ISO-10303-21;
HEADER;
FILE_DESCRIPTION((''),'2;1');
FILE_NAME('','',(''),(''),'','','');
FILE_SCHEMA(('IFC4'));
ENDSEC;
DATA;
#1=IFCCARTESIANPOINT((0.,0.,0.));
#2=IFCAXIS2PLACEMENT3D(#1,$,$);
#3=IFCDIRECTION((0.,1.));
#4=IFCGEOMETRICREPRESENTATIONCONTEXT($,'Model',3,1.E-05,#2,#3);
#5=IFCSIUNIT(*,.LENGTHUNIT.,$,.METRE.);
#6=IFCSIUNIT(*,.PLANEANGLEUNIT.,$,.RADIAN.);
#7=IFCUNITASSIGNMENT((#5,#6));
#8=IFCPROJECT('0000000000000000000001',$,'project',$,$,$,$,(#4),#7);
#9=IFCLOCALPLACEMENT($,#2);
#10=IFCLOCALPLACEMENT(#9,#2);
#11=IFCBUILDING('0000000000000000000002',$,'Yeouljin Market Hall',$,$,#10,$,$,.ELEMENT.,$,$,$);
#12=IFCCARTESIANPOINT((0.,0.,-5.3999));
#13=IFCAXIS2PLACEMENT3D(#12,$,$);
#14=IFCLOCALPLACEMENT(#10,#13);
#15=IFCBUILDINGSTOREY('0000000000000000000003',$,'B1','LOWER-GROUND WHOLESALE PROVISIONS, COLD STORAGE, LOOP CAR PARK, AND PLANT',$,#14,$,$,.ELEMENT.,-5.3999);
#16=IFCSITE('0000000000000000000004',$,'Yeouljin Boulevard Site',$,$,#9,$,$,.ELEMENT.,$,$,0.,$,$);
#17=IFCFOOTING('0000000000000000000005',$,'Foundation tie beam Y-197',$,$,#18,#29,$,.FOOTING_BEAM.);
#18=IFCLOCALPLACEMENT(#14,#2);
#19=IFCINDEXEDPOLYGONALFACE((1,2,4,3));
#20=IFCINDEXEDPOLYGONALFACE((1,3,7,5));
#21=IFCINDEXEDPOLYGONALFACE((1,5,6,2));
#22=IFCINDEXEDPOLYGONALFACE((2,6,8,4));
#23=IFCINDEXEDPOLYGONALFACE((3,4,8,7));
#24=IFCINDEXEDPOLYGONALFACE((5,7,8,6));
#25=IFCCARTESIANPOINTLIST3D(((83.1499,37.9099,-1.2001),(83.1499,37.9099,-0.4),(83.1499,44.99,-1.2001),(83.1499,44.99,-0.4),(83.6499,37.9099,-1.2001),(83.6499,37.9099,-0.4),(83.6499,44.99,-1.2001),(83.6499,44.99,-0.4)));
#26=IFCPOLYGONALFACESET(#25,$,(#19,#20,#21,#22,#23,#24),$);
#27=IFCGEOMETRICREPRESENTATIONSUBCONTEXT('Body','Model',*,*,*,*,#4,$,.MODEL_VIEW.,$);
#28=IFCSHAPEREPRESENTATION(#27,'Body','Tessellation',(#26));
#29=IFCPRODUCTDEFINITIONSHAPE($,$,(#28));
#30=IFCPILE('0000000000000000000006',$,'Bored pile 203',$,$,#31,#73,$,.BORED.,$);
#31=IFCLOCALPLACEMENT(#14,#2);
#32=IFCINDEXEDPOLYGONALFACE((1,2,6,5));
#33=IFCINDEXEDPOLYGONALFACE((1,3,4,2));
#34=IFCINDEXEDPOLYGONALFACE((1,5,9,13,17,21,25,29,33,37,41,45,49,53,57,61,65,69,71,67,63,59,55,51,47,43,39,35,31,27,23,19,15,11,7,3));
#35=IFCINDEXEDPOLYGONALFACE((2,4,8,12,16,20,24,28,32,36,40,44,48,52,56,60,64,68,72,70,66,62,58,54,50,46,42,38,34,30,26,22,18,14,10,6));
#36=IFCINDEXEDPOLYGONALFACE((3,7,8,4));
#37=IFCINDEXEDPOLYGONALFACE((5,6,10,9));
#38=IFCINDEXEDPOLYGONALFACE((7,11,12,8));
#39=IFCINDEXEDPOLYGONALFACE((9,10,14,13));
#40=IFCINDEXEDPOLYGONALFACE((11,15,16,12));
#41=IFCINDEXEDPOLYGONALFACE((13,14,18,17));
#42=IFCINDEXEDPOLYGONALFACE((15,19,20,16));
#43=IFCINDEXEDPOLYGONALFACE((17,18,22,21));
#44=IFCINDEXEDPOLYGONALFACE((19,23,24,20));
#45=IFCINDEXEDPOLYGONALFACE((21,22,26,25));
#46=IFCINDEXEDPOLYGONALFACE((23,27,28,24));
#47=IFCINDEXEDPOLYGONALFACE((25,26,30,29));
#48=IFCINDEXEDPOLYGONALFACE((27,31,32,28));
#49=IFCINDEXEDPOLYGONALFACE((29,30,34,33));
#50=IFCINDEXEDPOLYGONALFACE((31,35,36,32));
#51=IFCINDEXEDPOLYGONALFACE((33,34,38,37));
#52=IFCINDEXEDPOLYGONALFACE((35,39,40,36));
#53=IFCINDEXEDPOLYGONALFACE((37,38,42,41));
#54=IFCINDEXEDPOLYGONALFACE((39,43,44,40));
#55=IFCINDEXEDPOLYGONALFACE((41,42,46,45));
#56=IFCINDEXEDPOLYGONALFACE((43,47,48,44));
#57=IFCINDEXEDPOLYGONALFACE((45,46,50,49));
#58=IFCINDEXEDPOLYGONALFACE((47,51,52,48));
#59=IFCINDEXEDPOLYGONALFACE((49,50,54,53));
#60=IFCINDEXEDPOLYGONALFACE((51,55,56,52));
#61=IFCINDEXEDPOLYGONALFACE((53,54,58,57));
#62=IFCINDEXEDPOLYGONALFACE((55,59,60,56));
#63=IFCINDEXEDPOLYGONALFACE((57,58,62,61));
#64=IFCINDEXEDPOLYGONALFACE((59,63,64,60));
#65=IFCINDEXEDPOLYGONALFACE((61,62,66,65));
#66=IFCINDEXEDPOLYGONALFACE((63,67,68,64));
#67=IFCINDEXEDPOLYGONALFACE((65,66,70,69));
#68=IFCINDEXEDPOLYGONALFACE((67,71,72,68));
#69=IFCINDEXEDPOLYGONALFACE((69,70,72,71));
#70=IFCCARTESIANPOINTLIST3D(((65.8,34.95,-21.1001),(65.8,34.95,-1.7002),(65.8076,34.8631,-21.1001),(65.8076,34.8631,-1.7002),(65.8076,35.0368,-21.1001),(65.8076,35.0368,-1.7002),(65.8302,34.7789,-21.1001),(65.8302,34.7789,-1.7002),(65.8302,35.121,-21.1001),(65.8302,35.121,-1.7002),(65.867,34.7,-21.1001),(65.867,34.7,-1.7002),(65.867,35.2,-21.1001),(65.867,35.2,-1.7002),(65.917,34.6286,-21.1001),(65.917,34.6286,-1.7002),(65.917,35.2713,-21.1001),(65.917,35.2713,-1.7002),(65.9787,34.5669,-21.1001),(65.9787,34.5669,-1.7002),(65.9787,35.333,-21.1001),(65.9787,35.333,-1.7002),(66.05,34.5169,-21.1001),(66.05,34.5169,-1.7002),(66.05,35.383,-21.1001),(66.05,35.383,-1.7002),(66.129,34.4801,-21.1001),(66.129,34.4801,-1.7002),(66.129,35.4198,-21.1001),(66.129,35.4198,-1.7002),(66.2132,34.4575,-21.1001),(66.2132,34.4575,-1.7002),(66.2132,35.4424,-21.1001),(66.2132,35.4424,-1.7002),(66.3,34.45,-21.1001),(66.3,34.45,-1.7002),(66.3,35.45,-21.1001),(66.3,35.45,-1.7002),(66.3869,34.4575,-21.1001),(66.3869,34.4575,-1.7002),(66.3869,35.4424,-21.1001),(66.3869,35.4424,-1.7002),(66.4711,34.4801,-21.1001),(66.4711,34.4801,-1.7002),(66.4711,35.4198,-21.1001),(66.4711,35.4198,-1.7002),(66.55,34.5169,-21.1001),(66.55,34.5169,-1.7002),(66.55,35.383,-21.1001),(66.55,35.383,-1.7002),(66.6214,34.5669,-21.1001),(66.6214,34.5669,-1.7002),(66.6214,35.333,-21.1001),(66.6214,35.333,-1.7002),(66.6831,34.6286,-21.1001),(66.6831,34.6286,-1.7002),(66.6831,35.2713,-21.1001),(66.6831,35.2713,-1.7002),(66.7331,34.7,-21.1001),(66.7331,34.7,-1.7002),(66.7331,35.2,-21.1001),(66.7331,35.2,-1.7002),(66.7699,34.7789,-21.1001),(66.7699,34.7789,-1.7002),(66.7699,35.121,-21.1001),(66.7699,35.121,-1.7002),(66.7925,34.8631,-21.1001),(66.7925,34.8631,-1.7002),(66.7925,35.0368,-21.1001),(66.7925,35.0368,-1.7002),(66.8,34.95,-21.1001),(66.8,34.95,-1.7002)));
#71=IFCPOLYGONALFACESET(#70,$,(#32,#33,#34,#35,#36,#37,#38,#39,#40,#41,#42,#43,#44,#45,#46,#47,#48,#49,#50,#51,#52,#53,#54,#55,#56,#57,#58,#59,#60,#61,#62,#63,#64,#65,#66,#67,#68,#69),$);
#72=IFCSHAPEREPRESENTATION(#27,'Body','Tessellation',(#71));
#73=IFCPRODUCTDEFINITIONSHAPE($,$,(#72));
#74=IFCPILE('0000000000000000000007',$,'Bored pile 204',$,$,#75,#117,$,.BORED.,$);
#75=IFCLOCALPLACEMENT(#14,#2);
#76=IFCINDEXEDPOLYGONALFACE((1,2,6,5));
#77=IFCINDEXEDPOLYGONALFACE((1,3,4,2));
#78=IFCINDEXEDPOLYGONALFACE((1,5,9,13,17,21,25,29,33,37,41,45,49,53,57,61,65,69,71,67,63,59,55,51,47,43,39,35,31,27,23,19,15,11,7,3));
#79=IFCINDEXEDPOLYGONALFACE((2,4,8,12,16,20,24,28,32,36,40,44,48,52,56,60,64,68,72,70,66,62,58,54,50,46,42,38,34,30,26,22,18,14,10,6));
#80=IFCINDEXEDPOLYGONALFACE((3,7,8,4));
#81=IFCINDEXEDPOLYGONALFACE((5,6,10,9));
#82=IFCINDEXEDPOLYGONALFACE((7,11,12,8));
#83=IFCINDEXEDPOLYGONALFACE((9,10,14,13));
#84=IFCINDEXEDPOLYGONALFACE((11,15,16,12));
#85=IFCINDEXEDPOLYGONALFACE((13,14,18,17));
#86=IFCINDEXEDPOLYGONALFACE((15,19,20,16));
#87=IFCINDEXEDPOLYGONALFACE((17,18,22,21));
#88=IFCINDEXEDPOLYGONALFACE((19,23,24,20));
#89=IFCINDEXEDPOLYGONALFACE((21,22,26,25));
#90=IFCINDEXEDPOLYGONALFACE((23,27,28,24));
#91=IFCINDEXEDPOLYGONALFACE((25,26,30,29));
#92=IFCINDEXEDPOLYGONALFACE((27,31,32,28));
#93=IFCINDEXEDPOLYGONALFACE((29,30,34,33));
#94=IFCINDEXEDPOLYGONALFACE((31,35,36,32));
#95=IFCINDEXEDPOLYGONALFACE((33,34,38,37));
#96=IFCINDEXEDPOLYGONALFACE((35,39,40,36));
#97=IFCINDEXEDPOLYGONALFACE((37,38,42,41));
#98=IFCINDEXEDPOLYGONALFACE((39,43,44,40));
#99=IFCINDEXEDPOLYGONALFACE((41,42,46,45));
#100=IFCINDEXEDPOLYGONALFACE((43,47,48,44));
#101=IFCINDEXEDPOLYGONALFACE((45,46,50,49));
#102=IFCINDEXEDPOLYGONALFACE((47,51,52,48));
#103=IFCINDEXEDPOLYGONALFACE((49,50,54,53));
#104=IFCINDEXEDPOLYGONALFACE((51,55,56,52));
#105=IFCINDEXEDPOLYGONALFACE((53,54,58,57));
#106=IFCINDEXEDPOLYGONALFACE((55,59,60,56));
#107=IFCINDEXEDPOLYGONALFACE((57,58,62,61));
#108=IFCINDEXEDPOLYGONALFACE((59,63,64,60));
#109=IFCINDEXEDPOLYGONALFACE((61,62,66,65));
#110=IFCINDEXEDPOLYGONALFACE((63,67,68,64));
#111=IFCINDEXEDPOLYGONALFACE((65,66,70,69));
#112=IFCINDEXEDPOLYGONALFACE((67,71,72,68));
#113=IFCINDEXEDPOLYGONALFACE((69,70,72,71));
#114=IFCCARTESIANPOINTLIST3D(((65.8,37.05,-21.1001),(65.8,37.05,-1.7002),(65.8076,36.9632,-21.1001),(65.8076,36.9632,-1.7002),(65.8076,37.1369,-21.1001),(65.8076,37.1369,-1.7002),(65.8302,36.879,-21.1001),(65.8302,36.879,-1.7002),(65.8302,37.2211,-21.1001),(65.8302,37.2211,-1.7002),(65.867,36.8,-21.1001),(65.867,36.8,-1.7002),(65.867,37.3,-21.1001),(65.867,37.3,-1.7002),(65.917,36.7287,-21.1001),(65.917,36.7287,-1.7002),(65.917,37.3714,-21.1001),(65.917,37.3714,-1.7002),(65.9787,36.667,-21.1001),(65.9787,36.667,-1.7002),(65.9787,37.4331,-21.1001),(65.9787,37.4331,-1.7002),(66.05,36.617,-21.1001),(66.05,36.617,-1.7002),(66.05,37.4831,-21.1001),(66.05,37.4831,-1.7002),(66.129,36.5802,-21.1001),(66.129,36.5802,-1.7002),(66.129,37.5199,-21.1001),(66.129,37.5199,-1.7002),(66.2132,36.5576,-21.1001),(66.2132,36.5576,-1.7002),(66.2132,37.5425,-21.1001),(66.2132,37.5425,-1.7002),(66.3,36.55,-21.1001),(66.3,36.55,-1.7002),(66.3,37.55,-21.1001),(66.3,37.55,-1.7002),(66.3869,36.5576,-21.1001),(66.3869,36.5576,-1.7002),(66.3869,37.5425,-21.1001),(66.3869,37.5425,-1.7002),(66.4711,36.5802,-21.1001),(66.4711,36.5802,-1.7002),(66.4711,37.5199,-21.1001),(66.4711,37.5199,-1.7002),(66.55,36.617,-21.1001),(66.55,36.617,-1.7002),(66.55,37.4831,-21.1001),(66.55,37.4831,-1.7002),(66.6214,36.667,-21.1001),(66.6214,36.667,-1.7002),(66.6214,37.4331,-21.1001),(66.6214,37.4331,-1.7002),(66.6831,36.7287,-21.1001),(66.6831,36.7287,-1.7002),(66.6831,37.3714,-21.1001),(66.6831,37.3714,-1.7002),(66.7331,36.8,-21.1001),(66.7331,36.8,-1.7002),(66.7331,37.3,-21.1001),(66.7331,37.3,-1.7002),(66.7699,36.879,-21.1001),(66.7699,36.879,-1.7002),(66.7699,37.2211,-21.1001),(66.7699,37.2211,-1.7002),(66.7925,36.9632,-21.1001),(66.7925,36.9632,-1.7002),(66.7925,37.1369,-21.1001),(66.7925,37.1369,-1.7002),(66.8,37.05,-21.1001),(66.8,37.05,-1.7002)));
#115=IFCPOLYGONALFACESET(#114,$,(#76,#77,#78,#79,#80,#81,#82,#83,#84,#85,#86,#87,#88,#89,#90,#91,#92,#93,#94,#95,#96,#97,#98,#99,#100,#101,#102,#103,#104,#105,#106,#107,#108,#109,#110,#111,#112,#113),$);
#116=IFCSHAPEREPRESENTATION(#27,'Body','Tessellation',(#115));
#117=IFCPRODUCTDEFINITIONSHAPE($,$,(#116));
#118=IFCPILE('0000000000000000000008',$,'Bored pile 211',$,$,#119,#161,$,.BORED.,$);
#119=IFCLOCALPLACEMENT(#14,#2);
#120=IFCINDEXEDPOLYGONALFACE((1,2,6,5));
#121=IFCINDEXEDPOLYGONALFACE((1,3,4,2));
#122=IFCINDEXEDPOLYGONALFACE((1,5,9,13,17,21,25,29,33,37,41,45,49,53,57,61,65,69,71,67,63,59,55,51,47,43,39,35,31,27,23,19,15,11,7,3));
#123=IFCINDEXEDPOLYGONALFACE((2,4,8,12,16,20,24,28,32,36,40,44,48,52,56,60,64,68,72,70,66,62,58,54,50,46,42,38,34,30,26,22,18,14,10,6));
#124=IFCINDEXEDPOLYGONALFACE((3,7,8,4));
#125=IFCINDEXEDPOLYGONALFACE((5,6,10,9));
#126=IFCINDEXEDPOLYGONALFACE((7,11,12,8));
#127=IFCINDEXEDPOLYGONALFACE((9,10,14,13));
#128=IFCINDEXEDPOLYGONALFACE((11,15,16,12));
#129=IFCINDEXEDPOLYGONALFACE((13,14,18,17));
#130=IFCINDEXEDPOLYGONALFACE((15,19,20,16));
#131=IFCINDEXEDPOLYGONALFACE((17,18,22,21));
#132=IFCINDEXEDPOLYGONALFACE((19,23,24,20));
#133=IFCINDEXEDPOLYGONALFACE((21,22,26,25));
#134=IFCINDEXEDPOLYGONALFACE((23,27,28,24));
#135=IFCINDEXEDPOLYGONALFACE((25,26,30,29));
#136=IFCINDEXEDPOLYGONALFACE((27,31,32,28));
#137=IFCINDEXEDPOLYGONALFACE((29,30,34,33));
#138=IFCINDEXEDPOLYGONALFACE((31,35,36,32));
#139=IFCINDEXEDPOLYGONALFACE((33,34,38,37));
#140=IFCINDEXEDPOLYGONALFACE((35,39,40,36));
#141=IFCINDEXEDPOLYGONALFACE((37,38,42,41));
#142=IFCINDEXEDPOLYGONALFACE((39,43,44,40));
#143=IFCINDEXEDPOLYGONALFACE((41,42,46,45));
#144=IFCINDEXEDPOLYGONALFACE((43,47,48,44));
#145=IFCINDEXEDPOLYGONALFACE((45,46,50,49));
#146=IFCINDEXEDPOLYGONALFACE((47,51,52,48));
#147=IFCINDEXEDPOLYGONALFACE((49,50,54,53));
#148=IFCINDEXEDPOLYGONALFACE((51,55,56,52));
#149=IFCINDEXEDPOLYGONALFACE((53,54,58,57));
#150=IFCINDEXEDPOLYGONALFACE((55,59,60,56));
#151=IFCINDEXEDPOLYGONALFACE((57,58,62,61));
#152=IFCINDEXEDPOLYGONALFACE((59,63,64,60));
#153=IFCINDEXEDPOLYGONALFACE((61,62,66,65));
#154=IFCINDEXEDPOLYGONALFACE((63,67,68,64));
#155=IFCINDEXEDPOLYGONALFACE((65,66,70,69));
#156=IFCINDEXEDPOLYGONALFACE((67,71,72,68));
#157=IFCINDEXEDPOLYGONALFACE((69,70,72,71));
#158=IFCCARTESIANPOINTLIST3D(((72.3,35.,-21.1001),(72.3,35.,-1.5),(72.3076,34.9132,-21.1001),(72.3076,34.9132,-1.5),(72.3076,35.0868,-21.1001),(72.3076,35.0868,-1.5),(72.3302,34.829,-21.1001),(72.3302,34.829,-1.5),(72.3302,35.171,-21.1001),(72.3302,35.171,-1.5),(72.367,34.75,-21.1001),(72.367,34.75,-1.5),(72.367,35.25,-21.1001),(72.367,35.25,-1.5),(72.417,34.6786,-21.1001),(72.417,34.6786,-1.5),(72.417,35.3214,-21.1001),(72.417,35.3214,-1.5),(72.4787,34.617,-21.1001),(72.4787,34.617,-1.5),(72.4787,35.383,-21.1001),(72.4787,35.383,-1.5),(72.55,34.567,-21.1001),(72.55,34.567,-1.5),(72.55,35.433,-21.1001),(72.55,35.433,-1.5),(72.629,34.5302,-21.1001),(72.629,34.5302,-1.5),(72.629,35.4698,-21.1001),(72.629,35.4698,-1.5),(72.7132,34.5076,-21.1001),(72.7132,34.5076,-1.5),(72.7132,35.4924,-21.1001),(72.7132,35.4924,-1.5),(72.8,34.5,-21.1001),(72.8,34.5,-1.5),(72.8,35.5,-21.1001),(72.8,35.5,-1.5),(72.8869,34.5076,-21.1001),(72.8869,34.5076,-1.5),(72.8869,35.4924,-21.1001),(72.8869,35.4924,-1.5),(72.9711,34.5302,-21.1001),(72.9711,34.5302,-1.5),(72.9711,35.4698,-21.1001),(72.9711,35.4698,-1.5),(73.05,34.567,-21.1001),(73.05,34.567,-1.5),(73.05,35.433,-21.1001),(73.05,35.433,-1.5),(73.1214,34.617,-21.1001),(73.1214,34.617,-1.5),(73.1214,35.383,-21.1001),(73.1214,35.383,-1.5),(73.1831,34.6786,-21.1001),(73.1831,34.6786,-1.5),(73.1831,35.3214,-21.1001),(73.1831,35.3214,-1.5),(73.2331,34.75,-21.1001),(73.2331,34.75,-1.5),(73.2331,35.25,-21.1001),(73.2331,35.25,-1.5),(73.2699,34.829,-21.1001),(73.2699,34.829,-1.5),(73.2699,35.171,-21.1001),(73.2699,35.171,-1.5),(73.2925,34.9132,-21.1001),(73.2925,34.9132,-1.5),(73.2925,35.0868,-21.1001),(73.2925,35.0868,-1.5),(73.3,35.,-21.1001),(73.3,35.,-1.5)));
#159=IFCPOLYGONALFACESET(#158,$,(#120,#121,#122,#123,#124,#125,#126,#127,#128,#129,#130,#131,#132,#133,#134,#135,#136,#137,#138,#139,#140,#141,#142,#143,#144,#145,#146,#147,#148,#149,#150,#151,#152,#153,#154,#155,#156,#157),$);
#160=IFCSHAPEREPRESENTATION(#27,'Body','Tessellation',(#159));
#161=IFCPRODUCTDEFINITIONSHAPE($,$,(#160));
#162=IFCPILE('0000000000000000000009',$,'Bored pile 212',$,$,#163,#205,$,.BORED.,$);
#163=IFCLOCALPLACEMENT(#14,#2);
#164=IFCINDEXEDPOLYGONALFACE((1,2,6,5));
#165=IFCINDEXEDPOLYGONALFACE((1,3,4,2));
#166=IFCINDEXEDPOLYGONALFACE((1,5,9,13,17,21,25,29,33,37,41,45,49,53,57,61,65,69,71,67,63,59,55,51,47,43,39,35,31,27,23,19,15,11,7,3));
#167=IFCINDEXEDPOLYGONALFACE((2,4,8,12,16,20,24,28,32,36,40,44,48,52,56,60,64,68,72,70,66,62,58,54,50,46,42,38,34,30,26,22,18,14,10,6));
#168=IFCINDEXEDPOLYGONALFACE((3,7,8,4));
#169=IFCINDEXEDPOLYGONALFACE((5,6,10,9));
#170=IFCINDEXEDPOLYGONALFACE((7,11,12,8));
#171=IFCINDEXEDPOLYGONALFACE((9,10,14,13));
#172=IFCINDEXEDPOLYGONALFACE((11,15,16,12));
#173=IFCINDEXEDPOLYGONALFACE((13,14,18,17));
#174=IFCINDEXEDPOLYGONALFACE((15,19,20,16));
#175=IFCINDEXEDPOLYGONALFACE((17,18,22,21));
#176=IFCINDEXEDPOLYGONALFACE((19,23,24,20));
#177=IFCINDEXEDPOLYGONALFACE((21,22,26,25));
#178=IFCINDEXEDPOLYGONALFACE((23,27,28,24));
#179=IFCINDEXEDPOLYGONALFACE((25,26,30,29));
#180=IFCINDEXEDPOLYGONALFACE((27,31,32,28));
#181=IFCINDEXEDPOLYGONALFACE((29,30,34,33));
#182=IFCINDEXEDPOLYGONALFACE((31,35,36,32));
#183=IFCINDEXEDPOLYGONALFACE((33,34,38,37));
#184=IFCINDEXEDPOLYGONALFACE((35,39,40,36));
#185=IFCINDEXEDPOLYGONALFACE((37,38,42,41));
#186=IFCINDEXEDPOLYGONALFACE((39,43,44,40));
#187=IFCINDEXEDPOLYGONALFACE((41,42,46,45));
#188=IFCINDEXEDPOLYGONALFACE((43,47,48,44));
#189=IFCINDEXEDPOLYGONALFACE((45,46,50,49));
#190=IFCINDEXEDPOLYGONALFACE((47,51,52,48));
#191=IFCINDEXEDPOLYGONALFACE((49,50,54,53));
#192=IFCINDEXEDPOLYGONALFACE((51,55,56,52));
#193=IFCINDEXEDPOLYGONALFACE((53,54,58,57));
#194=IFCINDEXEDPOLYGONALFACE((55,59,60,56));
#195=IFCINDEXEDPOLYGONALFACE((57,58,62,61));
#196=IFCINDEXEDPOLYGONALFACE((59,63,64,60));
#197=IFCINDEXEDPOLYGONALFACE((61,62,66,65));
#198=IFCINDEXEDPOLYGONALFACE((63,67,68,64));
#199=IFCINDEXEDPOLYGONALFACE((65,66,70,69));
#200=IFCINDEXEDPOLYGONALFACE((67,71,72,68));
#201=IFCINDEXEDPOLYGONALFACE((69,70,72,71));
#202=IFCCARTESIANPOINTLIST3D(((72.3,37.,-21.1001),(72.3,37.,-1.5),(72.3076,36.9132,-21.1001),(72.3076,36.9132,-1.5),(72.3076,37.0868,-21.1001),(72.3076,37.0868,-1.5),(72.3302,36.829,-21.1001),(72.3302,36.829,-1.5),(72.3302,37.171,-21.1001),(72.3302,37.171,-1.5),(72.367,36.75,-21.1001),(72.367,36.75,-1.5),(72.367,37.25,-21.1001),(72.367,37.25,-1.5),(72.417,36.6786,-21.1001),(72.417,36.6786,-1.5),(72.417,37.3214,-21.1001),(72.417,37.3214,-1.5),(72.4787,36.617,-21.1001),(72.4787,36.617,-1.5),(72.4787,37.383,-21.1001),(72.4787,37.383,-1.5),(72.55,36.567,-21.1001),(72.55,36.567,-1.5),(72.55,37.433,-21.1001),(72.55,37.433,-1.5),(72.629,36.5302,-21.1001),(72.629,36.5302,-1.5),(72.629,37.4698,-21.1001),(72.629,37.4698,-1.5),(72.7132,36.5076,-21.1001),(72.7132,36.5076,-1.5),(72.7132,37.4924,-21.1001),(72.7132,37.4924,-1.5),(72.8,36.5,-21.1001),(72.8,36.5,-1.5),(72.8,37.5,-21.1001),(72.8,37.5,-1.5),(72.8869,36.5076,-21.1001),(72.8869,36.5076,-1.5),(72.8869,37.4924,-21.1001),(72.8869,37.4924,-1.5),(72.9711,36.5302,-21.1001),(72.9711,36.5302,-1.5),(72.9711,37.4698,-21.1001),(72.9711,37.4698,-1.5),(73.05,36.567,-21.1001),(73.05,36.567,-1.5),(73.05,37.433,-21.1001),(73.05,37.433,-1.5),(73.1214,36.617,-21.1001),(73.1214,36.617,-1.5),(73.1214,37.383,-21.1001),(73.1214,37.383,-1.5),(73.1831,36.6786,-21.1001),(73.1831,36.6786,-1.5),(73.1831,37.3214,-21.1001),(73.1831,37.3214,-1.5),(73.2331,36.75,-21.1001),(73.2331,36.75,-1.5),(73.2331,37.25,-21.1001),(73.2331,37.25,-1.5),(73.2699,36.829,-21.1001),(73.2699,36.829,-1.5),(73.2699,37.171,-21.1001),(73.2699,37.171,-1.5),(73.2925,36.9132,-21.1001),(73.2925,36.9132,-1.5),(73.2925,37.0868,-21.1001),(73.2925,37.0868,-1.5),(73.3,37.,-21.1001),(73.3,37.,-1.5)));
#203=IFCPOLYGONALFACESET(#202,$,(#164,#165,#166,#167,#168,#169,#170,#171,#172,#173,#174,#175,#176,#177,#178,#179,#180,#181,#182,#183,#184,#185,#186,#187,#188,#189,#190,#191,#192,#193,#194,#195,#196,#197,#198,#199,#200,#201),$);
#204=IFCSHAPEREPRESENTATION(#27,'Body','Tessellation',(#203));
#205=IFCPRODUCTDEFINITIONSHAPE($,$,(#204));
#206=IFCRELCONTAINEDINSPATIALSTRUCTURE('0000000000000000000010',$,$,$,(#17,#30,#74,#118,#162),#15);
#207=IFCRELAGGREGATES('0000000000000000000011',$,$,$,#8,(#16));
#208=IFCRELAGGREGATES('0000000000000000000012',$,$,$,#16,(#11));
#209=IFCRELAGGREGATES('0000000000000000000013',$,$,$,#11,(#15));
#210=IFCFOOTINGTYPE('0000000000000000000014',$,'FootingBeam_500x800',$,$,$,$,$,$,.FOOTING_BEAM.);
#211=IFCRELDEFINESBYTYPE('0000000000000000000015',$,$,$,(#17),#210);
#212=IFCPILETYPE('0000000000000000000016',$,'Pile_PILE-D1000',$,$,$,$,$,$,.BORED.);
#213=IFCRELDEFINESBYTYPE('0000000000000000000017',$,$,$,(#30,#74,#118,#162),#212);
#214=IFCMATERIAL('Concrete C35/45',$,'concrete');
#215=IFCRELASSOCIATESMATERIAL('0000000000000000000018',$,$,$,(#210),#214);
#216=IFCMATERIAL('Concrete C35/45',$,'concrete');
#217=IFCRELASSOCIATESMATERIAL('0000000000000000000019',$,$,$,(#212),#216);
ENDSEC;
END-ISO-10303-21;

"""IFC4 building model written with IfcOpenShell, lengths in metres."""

from ifc_helpers import new_model, si_unit, direction, frame, origin, origin_2d, place, context, subcontext, project, spatial, rectangle, circle, extrude, material, material_profile, profile_set, type_object, element, save


model = new_model("IFC4")

# Units and contexts
model_context = context("Model", 3, precision=1e-05, world=origin(), true_north=direction((0.0, 1.0)))
body_context = subcontext(model_context, "Body", "Model", "MODEL_VIEW")
ifc_project = project(units=[si_unit("LENGTHUNIT", "METRE"), si_unit("PLANEANGLEUNIT", "RADIAN")], contexts=[model_context])

# Site, building, storey
site_placement = place(None, origin())
site = spatial("IfcSite", under=ifc_project, at=site_placement, Name="Yeouljin Boulevard Site", CompositionType="ELEMENT", RefElevation=0.0)
building_placement = place(site_placement, origin())
building = spatial("IfcBuilding", under=site, at=building_placement, Name="Yeouljin Market Hall", CompositionType="ELEMENT")
storey_placement = place(building_placement, frame((0.0, 0.0, -5.3999)))
storey = spatial("IfcBuildingStorey", under=building, at=storey_placement, Name="B1", Description="LOWER-GROUND WHOLESALE PROVISIONS, COLD STORAGE, LOOP CAR PARK, AND PLANT", CompositionType="ELEMENT", Elevation=-5.3999)

# Footing
ifc_material_1 = material(Name="Concrete C35/45", Category="concrete")
ifc_material_profile_1 = material_profile(ifc_material_1, rectangle(XDim=0.5, YDim=0.8, at=origin_2d()), Name="RC-500x800")
ifc_profile_set_1 = profile_set([ifc_material_profile_1], Name="Concrete C35/45")
footing_type_1 = type_object("IfcFootingType", Name="FootingBeam_500x800", PredefinedType="FOOTING_BEAM", material=ifc_profile_set_1)
footing_1_placement = place(storey_placement, frame((83.3999, 37.9099, -0.8), z_axis=(0.0, 1.0, 0.0), x_axis=(-1.0, 0.0, 0.0)))
element("IfcFooting", 1, at=footing_1_placement, inside=storey, type_object=footing_type_1, Name="Foundation tie beam Y-197", PredefinedType="FOOTING_BEAM", context=body_context, shape_type="SweptSolid", body=[
    extrude(rectangle(XDim=0.5, YDim=0.8, at=origin_2d()), origin(), (0.0, 0.0, 1.0), 7.0801),
])

# Piles
ifc_material_2 = material(Name="Concrete C35/45", Category="concrete")
ifc_material_profile_2 = material_profile(ifc_material_2, circle(Radius=0.5, at=origin_2d()), Name="PILE-D1000")
ifc_profile_set_2 = profile_set([ifc_material_profile_2], Name="Concrete C35/45")
pile_type = type_object("IfcPileType", Name="Pile_PILE-D1000", PredefinedType="BORED", material=ifc_profile_set_2)
for number, where, z_axis, x_axis, name in (
    (2, (66.3, 34.95, -1.7002), (0.0, 0.0, -1.0), (1.0, 0.0, 0.0), "Bored pile 203"),
    (3, (66.3, 37.05, -1.7002), (0.0, 0.0, -1.0), (1.0, 0.0, 0.0), "Bored pile 204"),
):
    element("IfcPile", number, at=place(storey_placement, frame(where, z_axis=z_axis, x_axis=x_axis)), inside=storey, type_object=pile_type, Name=name, PredefinedType="BORED", context=body_context, shape_type="SweptSolid", body=[
        extrude(circle(Radius=0.5, at=origin_2d()), origin(), (0.0, 0.0, 1.0), 19.3999),
    ])
for number, where, z_axis, x_axis, name in (
    (4, (72.8, 35.0, -1.5), (0.0, 0.0, -1.0), (1.0, 0.0, 0.0), "Bored pile 211"),
    (5, (72.8, 37.0, -1.5), (0.0, 0.0, -1.0), (1.0, 0.0, 0.0), "Bored pile 212"),
):
    element("IfcPile", number, at=place(storey_placement, frame(where, z_axis=z_axis, x_axis=x_axis)), inside=storey, type_object=pile_type, Name=name, PredefinedType="BORED", context=body_context, shape_type="SweptSolid", body=[
        extrude(circle(Radius=0.5, at=origin_2d()), origin(), (0.0, 0.0, 1.0), 19.6001),
    ])

save(model, "model.ifc")
